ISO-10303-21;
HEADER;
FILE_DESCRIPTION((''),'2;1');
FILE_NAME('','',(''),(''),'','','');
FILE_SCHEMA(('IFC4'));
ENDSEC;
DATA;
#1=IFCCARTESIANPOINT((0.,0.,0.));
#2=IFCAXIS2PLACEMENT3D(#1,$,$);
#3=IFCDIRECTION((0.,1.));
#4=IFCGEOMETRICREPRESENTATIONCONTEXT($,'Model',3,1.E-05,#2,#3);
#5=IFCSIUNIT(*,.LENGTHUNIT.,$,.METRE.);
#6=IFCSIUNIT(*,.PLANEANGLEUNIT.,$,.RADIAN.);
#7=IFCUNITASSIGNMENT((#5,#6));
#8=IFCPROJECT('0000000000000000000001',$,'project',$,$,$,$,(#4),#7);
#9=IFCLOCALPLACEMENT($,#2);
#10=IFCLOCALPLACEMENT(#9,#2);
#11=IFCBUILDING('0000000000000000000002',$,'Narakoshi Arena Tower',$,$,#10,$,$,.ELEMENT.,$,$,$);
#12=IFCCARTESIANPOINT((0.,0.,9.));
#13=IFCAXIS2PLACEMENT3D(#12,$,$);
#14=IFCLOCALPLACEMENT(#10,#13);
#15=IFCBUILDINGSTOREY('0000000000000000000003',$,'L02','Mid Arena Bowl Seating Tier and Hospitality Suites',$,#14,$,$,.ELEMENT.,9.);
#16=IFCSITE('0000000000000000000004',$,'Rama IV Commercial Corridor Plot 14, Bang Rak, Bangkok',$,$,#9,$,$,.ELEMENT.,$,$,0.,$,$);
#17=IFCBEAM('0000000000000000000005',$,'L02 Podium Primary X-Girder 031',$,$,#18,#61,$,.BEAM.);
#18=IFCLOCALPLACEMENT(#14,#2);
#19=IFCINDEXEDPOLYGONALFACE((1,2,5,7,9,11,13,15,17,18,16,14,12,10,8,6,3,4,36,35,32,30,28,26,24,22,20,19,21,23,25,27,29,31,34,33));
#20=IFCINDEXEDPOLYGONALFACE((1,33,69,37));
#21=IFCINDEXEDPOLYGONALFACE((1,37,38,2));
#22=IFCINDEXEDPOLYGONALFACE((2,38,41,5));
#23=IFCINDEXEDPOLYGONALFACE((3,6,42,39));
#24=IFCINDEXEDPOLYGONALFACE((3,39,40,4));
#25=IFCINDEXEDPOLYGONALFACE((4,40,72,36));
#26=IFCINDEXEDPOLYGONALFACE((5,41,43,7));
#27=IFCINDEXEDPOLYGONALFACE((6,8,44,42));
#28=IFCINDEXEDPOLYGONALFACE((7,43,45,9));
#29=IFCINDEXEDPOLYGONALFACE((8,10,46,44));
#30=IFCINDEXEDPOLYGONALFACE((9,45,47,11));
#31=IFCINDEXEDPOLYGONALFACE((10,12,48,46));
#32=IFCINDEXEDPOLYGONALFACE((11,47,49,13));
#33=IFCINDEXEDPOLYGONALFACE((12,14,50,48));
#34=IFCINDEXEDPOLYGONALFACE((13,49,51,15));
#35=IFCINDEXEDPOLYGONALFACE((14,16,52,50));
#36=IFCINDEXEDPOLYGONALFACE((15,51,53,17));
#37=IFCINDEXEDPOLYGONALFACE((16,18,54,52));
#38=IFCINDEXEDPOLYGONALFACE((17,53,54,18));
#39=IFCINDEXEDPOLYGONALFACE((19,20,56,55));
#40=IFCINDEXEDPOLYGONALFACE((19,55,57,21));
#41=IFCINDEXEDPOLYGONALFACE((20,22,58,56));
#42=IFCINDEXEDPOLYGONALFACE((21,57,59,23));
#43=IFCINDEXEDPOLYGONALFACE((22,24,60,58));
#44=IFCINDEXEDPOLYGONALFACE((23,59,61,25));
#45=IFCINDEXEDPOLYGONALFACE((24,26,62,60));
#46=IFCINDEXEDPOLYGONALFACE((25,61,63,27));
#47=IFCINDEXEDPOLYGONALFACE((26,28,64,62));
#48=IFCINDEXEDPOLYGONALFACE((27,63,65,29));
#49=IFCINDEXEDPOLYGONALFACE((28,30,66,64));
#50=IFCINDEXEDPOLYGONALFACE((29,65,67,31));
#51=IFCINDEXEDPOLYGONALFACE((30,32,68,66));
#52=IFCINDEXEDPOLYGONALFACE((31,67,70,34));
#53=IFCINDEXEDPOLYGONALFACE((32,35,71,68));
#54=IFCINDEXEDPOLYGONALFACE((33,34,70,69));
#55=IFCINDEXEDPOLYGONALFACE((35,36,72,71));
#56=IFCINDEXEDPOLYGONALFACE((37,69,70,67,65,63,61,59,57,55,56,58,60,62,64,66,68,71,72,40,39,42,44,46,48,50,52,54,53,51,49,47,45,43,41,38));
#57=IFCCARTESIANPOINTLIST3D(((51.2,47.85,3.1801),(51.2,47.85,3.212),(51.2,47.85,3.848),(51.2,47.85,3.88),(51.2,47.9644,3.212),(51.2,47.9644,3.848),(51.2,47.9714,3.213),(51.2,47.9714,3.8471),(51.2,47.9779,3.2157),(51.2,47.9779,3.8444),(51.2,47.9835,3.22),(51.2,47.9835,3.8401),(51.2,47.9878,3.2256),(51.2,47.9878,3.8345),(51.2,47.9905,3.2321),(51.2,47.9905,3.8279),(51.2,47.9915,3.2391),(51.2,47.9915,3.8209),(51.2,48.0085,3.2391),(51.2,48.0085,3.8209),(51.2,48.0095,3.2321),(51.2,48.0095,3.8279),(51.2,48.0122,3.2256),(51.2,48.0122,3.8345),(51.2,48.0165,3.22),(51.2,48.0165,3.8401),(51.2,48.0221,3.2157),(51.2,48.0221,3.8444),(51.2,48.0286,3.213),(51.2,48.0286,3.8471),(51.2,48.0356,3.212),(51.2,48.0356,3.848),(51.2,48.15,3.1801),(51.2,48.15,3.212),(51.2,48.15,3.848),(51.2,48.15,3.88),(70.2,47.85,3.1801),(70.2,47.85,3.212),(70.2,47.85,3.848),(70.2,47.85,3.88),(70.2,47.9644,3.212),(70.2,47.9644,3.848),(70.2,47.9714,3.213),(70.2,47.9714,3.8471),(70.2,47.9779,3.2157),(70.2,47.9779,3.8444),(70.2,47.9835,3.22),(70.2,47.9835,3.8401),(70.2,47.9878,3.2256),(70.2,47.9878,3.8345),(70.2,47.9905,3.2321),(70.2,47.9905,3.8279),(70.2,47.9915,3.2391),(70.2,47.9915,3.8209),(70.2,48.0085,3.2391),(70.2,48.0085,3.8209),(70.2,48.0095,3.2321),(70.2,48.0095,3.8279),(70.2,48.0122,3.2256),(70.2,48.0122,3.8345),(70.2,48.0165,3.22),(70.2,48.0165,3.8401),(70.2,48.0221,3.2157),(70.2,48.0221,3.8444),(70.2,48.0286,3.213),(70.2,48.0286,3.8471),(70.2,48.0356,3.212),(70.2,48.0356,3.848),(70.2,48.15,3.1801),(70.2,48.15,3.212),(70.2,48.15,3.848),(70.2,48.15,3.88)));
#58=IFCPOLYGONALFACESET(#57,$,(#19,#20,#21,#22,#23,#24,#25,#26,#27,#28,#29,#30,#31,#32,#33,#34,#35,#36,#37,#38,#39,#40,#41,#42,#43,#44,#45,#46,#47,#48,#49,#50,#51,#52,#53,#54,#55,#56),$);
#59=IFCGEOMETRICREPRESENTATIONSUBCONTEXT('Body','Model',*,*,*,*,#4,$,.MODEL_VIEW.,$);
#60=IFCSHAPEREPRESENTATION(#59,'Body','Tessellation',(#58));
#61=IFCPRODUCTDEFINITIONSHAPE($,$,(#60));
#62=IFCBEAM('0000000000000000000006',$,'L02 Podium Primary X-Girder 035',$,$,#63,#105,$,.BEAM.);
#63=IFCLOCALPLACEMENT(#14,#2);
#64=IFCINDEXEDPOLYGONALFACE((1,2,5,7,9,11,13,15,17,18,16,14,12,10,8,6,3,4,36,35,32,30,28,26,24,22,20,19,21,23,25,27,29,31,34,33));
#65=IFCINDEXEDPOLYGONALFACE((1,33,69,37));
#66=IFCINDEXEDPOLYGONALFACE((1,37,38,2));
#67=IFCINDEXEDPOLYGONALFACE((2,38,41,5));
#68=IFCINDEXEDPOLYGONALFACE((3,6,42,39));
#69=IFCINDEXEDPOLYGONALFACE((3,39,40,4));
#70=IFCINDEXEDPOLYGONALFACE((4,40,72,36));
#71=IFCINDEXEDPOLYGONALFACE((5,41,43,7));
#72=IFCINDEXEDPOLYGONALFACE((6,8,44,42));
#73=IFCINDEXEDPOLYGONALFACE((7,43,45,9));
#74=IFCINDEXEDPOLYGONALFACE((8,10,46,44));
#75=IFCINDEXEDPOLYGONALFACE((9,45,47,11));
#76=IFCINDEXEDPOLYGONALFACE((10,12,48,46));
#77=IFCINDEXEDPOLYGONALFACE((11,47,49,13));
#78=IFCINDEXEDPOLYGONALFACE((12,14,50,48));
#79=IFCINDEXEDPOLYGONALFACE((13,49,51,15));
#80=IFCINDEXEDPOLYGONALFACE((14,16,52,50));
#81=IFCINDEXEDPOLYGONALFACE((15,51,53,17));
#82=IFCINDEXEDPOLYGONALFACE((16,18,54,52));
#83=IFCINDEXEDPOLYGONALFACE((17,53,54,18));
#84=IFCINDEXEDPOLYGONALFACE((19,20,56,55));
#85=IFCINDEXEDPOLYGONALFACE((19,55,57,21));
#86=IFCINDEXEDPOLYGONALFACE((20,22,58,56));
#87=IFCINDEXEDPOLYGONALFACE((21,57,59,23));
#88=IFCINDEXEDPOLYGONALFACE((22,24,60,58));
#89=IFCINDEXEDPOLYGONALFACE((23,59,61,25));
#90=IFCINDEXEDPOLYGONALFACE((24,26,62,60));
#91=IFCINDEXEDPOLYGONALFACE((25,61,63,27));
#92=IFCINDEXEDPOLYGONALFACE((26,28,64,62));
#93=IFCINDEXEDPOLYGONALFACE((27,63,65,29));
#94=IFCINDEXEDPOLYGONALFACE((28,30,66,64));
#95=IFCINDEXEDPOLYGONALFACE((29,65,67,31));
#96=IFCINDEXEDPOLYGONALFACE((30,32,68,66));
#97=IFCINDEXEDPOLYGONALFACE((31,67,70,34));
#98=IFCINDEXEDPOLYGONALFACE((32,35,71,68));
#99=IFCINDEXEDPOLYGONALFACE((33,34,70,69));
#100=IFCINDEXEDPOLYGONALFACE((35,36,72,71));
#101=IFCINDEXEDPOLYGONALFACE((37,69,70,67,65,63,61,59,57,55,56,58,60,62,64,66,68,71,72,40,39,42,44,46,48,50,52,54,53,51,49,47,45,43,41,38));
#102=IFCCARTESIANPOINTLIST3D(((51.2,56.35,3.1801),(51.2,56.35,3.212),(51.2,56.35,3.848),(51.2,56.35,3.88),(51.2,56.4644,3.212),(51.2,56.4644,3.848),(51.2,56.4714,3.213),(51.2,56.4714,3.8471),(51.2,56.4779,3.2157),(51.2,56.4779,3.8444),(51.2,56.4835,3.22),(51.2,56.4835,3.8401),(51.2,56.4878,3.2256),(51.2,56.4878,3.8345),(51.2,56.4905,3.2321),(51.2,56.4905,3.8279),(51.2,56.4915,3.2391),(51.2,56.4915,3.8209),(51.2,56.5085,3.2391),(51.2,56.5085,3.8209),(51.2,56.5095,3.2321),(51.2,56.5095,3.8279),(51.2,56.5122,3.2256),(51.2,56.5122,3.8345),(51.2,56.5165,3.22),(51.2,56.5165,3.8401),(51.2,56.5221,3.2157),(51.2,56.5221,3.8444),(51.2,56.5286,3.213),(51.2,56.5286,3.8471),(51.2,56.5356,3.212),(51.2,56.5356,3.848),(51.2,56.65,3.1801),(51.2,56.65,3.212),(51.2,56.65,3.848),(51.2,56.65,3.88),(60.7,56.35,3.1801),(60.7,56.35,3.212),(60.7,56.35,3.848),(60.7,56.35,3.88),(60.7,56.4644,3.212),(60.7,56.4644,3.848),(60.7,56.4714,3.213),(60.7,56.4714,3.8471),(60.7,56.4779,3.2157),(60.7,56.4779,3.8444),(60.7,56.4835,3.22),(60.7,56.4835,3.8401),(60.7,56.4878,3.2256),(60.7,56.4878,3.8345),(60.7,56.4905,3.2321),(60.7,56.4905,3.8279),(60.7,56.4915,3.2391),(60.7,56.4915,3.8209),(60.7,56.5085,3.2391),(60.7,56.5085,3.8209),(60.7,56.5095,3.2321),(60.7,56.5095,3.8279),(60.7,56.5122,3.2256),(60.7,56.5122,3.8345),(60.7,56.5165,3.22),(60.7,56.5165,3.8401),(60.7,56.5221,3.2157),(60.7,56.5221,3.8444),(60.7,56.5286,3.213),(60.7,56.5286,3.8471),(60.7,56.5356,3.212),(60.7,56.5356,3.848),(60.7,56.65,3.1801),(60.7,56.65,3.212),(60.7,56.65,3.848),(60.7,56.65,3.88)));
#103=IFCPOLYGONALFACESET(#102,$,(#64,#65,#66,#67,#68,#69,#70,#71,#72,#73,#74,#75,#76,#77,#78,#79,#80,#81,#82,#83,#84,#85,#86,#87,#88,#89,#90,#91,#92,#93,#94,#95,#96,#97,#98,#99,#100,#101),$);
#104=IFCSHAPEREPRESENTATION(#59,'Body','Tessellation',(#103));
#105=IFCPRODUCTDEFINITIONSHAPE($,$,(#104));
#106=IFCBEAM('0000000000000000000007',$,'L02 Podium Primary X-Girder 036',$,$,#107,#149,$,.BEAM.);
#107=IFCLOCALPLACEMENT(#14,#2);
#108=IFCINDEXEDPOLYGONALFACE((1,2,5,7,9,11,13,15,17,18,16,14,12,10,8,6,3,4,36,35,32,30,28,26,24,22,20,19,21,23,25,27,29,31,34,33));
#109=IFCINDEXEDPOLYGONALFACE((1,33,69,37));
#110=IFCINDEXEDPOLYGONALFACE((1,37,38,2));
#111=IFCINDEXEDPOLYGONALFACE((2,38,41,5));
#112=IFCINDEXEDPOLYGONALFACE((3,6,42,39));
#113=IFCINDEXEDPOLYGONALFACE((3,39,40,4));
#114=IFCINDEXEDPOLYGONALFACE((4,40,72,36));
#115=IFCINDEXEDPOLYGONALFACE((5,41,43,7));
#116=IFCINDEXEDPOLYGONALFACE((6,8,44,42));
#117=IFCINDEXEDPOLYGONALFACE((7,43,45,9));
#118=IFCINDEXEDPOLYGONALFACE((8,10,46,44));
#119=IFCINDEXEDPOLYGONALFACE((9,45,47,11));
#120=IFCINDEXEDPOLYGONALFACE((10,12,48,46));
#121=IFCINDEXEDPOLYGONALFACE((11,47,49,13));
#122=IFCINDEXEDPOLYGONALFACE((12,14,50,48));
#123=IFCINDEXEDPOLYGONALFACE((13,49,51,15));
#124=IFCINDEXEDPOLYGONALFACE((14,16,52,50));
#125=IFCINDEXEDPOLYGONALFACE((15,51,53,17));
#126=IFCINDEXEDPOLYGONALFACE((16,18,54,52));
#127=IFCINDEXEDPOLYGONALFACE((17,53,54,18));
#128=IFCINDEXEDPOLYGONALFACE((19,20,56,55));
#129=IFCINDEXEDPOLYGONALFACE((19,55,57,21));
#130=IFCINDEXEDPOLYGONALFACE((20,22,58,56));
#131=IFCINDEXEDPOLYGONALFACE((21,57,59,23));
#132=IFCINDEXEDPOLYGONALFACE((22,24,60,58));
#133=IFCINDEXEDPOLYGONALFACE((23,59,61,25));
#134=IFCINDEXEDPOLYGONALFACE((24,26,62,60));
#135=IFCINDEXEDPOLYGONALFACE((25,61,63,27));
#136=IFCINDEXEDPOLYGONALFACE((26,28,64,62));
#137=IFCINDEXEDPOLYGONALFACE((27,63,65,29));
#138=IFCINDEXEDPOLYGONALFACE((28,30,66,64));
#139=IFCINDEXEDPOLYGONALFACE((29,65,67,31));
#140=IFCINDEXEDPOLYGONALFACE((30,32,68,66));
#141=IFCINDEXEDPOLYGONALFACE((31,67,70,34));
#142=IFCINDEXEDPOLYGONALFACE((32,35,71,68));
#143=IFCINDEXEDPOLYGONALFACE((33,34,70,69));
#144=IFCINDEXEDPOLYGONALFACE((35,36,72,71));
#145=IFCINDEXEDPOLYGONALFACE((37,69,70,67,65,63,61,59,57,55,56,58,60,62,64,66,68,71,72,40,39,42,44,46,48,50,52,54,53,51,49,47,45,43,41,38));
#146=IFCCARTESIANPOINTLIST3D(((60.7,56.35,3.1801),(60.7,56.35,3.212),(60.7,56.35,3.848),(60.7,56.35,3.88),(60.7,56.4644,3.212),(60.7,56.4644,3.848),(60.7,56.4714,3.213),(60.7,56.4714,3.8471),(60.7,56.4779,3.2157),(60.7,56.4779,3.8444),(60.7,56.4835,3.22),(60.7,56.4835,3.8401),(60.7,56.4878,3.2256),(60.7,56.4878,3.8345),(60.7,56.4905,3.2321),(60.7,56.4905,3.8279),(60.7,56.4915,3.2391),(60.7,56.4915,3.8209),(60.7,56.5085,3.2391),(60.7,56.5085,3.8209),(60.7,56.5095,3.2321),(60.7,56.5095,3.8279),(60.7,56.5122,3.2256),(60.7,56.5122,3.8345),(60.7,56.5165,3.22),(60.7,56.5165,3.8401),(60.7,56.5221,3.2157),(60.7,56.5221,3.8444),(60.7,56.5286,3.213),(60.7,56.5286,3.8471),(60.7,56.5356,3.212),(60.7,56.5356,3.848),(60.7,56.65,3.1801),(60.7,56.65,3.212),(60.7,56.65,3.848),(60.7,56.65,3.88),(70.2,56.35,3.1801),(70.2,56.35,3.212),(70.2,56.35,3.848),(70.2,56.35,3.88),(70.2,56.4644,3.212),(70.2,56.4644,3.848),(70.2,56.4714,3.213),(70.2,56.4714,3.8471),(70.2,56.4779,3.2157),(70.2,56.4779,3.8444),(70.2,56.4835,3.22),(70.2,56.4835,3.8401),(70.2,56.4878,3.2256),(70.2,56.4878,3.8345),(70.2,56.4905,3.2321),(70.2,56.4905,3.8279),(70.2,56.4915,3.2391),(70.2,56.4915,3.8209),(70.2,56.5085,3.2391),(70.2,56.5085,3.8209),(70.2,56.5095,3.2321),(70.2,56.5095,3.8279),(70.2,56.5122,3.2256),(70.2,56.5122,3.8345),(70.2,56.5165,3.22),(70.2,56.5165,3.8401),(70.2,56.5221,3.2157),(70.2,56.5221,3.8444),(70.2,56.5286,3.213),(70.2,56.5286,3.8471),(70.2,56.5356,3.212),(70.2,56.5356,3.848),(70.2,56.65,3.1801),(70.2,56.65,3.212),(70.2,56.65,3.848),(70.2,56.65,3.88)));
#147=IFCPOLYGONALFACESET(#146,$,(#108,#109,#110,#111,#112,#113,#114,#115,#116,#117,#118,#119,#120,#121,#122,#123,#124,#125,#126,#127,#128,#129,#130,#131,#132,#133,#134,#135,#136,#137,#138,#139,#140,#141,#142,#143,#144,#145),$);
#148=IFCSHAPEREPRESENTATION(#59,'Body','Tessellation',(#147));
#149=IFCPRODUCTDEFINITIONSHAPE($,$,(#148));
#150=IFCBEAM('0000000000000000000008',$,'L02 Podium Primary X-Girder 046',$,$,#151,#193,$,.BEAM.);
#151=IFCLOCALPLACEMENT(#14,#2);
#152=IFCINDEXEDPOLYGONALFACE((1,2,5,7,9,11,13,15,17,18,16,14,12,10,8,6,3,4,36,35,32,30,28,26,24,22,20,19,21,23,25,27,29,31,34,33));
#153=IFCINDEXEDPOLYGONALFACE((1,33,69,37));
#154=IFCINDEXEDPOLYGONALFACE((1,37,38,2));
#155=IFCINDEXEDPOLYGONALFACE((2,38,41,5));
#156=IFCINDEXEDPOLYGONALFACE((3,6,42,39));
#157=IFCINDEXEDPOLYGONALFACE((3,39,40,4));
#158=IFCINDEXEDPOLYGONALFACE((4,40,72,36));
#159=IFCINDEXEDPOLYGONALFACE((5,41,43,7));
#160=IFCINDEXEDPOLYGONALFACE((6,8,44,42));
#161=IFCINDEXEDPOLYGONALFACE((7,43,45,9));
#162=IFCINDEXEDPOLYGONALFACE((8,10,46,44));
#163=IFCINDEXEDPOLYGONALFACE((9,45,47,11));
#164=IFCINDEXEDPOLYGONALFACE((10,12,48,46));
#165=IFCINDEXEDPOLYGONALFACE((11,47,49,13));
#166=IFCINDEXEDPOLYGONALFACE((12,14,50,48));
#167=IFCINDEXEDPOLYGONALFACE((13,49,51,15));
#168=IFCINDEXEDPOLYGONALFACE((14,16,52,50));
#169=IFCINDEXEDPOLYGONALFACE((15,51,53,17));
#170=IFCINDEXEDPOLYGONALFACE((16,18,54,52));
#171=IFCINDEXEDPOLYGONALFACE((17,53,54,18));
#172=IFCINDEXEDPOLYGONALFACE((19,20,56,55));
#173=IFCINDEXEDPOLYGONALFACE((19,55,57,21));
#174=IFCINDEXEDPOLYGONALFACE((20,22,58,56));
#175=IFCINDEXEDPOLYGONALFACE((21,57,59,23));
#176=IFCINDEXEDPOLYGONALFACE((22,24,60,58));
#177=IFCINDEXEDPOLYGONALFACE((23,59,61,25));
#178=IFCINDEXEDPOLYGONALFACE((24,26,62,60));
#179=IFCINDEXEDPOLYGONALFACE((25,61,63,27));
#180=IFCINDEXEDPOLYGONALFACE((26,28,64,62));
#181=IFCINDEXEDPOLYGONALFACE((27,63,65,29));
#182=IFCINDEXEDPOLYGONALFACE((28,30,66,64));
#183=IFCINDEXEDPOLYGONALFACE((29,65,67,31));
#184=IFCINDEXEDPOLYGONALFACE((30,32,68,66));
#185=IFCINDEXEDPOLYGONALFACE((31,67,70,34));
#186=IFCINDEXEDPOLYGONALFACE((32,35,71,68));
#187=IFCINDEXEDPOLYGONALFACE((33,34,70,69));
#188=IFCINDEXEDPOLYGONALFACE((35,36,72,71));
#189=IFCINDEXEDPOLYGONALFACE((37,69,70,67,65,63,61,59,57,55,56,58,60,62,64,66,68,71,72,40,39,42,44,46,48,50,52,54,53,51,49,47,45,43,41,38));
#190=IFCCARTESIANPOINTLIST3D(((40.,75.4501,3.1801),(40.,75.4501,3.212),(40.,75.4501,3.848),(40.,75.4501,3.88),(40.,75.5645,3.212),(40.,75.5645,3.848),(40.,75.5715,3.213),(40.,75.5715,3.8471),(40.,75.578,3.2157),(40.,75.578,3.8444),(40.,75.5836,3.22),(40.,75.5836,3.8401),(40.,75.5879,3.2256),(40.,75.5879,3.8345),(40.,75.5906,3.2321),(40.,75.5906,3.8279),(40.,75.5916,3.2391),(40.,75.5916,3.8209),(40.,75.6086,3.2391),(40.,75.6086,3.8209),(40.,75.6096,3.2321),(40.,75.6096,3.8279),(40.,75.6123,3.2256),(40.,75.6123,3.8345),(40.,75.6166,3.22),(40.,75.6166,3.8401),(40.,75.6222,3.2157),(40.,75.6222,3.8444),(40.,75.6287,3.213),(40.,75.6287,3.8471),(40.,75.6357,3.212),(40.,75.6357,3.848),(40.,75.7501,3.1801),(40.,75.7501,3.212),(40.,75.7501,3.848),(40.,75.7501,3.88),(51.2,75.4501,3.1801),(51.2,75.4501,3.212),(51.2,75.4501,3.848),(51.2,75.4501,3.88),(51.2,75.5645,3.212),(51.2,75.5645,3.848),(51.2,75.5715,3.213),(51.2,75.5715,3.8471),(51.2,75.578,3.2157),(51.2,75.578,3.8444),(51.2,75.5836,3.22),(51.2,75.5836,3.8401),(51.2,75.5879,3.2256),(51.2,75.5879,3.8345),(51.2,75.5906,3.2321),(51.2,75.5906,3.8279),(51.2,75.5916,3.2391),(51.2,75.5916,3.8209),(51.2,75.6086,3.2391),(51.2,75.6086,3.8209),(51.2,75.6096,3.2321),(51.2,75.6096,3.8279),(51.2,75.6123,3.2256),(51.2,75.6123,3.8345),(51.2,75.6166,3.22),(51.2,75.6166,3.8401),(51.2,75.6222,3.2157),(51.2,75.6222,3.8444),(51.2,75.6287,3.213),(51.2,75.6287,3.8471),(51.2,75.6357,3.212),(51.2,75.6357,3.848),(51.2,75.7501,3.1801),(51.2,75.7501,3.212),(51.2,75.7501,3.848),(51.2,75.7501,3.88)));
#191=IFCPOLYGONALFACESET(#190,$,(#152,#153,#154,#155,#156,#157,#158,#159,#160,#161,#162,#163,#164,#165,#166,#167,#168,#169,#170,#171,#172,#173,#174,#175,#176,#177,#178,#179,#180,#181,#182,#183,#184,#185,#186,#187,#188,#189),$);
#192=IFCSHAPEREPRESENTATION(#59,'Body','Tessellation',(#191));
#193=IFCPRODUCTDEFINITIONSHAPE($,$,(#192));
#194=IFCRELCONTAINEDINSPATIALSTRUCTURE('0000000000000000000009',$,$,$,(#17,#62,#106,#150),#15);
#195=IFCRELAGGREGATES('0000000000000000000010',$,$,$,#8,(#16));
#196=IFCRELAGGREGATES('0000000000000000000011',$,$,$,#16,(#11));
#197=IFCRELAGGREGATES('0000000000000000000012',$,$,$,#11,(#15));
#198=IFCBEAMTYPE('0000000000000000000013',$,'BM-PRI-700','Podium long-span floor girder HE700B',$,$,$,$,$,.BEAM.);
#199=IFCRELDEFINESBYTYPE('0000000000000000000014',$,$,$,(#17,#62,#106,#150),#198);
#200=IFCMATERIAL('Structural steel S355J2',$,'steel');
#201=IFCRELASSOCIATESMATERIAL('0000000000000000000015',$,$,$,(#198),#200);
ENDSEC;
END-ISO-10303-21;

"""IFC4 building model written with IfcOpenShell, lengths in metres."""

from ifc_helpers import new_model, si_unit, direction, frame, origin, origin_2d, place, context, subcontext, project, spatial, i_section, extrude, material, material_profile, profile_set, type_object, element, save


model = new_model("IFC4")

# Units and contexts
model_context = context("Model", 3, precision=1e-05, world=origin(), true_north=direction((0.0, 1.0)))
body_context = subcontext(model_context, "Body", "Model", "MODEL_VIEW")
ifc_project = project(units=[si_unit("LENGTHUNIT", "METRE"), si_unit("PLANEANGLEUNIT", "RADIAN")], contexts=[model_context])

# Site, building, storey
site_placement = place(None, origin())
site = spatial("IfcSite", under=ifc_project, at=site_placement, Name="Rama IV Commercial Corridor Plot 14, Bang Rak, Bangkok", CompositionType="ELEMENT", RefElevation=0.0)
building_placement = place(site_placement, origin())
building = spatial("IfcBuilding", under=site, at=building_placement, Name="Narakoshi Arena Tower", CompositionType="ELEMENT")
storey_placement = place(building_placement, frame((0.0, 0.0, 9.0)))
storey = spatial("IfcBuildingStorey", under=building, at=storey_placement, Name="L02", Description="Mid Arena Bowl Seating Tier and Hospitality Suites", CompositionType="ELEMENT", Elevation=9.0)

# Beams
ifc_material_1 = material(Name="Structural steel S355J2", Category="steel")
ifc_material_profile_1 = material_profile(ifc_material_1, i_section(OverallWidth=0.3, OverallDepth=0.7, WebThickness=0.0171, FlangeThickness=0.032, FilletRadius=0.0271, at=origin_2d()), Name="HE700B")
ifc_profile_set_1 = profile_set([ifc_material_profile_1], Name="Structural steel S355J2")
beam_type_1 = type_object("IfcBeamType", Name="BM-PRI-700", Description="Podium long-span floor girder HE700B", PredefinedType="BEAM", material=ifc_profile_set_1)
beam_1_placement = place(storey_placement, frame((51.2, 48.0, 3.53), z_axis=(1.0, 0.0, 0.0), x_axis=(0.0, 1.0, 0.0)))
element("IfcBeam", 1, at=beam_1_placement, inside=storey, type_object=beam_type_1, Name="L02 Podium Primary X-Girder 031", PredefinedType="BEAM", context=body_context, shape_type="SweptSolid", body=[
    extrude(i_section(OverallWidth=0.3, OverallDepth=0.7, WebThickness=0.0171, FlangeThickness=0.032, FilletRadius=0.0271, at=origin_2d()), origin(), (0.0, 0.0, 1.0), 19.0),
])
for number, where, z_axis, x_axis, name in (
    (2, (51.2, 56.5, 3.53), (1.0, 0.0, 0.0), (0.0, 1.0, 0.0), "L02 Podium Primary X-Girder 035"),
    (3, (60.7, 56.5, 3.53), (1.0, 0.0, 0.0), (0.0, 1.0, 0.0), "L02 Podium Primary X-Girder 036"),
):
    element("IfcBeam", number, at=place(storey_placement, frame(where, z_axis=z_axis, x_axis=x_axis)), inside=storey, type_object=beam_type_1, Name=name, PredefinedType="BEAM", context=body_context, shape_type="SweptSolid", body=[
        extrude(i_section(OverallWidth=0.3, OverallDepth=0.7, WebThickness=0.0171, FlangeThickness=0.032, FilletRadius=0.0271, at=origin_2d()), origin(), (0.0, 0.0, 1.0), 9.5),
    ])
beam_2_placement = place(storey_placement, frame((40.0, 75.6001, 3.53), z_axis=(1.0, 0.0, 0.0), x_axis=(0.0, 1.0, 0.0)))
element("IfcBeam", 4, at=beam_2_placement, inside=storey, type_object=beam_type_1, Name="L02 Podium Primary X-Girder 046", PredefinedType="BEAM", context=body_context, shape_type="SweptSolid", body=[
    extrude(i_section(OverallWidth=0.3, OverallDepth=0.7, WebThickness=0.0171, FlangeThickness=0.032, FilletRadius=0.0271, at=origin_2d()), origin(), (0.0, 0.0, 1.0), 11.2),
])

save(model, "model.ifc")
